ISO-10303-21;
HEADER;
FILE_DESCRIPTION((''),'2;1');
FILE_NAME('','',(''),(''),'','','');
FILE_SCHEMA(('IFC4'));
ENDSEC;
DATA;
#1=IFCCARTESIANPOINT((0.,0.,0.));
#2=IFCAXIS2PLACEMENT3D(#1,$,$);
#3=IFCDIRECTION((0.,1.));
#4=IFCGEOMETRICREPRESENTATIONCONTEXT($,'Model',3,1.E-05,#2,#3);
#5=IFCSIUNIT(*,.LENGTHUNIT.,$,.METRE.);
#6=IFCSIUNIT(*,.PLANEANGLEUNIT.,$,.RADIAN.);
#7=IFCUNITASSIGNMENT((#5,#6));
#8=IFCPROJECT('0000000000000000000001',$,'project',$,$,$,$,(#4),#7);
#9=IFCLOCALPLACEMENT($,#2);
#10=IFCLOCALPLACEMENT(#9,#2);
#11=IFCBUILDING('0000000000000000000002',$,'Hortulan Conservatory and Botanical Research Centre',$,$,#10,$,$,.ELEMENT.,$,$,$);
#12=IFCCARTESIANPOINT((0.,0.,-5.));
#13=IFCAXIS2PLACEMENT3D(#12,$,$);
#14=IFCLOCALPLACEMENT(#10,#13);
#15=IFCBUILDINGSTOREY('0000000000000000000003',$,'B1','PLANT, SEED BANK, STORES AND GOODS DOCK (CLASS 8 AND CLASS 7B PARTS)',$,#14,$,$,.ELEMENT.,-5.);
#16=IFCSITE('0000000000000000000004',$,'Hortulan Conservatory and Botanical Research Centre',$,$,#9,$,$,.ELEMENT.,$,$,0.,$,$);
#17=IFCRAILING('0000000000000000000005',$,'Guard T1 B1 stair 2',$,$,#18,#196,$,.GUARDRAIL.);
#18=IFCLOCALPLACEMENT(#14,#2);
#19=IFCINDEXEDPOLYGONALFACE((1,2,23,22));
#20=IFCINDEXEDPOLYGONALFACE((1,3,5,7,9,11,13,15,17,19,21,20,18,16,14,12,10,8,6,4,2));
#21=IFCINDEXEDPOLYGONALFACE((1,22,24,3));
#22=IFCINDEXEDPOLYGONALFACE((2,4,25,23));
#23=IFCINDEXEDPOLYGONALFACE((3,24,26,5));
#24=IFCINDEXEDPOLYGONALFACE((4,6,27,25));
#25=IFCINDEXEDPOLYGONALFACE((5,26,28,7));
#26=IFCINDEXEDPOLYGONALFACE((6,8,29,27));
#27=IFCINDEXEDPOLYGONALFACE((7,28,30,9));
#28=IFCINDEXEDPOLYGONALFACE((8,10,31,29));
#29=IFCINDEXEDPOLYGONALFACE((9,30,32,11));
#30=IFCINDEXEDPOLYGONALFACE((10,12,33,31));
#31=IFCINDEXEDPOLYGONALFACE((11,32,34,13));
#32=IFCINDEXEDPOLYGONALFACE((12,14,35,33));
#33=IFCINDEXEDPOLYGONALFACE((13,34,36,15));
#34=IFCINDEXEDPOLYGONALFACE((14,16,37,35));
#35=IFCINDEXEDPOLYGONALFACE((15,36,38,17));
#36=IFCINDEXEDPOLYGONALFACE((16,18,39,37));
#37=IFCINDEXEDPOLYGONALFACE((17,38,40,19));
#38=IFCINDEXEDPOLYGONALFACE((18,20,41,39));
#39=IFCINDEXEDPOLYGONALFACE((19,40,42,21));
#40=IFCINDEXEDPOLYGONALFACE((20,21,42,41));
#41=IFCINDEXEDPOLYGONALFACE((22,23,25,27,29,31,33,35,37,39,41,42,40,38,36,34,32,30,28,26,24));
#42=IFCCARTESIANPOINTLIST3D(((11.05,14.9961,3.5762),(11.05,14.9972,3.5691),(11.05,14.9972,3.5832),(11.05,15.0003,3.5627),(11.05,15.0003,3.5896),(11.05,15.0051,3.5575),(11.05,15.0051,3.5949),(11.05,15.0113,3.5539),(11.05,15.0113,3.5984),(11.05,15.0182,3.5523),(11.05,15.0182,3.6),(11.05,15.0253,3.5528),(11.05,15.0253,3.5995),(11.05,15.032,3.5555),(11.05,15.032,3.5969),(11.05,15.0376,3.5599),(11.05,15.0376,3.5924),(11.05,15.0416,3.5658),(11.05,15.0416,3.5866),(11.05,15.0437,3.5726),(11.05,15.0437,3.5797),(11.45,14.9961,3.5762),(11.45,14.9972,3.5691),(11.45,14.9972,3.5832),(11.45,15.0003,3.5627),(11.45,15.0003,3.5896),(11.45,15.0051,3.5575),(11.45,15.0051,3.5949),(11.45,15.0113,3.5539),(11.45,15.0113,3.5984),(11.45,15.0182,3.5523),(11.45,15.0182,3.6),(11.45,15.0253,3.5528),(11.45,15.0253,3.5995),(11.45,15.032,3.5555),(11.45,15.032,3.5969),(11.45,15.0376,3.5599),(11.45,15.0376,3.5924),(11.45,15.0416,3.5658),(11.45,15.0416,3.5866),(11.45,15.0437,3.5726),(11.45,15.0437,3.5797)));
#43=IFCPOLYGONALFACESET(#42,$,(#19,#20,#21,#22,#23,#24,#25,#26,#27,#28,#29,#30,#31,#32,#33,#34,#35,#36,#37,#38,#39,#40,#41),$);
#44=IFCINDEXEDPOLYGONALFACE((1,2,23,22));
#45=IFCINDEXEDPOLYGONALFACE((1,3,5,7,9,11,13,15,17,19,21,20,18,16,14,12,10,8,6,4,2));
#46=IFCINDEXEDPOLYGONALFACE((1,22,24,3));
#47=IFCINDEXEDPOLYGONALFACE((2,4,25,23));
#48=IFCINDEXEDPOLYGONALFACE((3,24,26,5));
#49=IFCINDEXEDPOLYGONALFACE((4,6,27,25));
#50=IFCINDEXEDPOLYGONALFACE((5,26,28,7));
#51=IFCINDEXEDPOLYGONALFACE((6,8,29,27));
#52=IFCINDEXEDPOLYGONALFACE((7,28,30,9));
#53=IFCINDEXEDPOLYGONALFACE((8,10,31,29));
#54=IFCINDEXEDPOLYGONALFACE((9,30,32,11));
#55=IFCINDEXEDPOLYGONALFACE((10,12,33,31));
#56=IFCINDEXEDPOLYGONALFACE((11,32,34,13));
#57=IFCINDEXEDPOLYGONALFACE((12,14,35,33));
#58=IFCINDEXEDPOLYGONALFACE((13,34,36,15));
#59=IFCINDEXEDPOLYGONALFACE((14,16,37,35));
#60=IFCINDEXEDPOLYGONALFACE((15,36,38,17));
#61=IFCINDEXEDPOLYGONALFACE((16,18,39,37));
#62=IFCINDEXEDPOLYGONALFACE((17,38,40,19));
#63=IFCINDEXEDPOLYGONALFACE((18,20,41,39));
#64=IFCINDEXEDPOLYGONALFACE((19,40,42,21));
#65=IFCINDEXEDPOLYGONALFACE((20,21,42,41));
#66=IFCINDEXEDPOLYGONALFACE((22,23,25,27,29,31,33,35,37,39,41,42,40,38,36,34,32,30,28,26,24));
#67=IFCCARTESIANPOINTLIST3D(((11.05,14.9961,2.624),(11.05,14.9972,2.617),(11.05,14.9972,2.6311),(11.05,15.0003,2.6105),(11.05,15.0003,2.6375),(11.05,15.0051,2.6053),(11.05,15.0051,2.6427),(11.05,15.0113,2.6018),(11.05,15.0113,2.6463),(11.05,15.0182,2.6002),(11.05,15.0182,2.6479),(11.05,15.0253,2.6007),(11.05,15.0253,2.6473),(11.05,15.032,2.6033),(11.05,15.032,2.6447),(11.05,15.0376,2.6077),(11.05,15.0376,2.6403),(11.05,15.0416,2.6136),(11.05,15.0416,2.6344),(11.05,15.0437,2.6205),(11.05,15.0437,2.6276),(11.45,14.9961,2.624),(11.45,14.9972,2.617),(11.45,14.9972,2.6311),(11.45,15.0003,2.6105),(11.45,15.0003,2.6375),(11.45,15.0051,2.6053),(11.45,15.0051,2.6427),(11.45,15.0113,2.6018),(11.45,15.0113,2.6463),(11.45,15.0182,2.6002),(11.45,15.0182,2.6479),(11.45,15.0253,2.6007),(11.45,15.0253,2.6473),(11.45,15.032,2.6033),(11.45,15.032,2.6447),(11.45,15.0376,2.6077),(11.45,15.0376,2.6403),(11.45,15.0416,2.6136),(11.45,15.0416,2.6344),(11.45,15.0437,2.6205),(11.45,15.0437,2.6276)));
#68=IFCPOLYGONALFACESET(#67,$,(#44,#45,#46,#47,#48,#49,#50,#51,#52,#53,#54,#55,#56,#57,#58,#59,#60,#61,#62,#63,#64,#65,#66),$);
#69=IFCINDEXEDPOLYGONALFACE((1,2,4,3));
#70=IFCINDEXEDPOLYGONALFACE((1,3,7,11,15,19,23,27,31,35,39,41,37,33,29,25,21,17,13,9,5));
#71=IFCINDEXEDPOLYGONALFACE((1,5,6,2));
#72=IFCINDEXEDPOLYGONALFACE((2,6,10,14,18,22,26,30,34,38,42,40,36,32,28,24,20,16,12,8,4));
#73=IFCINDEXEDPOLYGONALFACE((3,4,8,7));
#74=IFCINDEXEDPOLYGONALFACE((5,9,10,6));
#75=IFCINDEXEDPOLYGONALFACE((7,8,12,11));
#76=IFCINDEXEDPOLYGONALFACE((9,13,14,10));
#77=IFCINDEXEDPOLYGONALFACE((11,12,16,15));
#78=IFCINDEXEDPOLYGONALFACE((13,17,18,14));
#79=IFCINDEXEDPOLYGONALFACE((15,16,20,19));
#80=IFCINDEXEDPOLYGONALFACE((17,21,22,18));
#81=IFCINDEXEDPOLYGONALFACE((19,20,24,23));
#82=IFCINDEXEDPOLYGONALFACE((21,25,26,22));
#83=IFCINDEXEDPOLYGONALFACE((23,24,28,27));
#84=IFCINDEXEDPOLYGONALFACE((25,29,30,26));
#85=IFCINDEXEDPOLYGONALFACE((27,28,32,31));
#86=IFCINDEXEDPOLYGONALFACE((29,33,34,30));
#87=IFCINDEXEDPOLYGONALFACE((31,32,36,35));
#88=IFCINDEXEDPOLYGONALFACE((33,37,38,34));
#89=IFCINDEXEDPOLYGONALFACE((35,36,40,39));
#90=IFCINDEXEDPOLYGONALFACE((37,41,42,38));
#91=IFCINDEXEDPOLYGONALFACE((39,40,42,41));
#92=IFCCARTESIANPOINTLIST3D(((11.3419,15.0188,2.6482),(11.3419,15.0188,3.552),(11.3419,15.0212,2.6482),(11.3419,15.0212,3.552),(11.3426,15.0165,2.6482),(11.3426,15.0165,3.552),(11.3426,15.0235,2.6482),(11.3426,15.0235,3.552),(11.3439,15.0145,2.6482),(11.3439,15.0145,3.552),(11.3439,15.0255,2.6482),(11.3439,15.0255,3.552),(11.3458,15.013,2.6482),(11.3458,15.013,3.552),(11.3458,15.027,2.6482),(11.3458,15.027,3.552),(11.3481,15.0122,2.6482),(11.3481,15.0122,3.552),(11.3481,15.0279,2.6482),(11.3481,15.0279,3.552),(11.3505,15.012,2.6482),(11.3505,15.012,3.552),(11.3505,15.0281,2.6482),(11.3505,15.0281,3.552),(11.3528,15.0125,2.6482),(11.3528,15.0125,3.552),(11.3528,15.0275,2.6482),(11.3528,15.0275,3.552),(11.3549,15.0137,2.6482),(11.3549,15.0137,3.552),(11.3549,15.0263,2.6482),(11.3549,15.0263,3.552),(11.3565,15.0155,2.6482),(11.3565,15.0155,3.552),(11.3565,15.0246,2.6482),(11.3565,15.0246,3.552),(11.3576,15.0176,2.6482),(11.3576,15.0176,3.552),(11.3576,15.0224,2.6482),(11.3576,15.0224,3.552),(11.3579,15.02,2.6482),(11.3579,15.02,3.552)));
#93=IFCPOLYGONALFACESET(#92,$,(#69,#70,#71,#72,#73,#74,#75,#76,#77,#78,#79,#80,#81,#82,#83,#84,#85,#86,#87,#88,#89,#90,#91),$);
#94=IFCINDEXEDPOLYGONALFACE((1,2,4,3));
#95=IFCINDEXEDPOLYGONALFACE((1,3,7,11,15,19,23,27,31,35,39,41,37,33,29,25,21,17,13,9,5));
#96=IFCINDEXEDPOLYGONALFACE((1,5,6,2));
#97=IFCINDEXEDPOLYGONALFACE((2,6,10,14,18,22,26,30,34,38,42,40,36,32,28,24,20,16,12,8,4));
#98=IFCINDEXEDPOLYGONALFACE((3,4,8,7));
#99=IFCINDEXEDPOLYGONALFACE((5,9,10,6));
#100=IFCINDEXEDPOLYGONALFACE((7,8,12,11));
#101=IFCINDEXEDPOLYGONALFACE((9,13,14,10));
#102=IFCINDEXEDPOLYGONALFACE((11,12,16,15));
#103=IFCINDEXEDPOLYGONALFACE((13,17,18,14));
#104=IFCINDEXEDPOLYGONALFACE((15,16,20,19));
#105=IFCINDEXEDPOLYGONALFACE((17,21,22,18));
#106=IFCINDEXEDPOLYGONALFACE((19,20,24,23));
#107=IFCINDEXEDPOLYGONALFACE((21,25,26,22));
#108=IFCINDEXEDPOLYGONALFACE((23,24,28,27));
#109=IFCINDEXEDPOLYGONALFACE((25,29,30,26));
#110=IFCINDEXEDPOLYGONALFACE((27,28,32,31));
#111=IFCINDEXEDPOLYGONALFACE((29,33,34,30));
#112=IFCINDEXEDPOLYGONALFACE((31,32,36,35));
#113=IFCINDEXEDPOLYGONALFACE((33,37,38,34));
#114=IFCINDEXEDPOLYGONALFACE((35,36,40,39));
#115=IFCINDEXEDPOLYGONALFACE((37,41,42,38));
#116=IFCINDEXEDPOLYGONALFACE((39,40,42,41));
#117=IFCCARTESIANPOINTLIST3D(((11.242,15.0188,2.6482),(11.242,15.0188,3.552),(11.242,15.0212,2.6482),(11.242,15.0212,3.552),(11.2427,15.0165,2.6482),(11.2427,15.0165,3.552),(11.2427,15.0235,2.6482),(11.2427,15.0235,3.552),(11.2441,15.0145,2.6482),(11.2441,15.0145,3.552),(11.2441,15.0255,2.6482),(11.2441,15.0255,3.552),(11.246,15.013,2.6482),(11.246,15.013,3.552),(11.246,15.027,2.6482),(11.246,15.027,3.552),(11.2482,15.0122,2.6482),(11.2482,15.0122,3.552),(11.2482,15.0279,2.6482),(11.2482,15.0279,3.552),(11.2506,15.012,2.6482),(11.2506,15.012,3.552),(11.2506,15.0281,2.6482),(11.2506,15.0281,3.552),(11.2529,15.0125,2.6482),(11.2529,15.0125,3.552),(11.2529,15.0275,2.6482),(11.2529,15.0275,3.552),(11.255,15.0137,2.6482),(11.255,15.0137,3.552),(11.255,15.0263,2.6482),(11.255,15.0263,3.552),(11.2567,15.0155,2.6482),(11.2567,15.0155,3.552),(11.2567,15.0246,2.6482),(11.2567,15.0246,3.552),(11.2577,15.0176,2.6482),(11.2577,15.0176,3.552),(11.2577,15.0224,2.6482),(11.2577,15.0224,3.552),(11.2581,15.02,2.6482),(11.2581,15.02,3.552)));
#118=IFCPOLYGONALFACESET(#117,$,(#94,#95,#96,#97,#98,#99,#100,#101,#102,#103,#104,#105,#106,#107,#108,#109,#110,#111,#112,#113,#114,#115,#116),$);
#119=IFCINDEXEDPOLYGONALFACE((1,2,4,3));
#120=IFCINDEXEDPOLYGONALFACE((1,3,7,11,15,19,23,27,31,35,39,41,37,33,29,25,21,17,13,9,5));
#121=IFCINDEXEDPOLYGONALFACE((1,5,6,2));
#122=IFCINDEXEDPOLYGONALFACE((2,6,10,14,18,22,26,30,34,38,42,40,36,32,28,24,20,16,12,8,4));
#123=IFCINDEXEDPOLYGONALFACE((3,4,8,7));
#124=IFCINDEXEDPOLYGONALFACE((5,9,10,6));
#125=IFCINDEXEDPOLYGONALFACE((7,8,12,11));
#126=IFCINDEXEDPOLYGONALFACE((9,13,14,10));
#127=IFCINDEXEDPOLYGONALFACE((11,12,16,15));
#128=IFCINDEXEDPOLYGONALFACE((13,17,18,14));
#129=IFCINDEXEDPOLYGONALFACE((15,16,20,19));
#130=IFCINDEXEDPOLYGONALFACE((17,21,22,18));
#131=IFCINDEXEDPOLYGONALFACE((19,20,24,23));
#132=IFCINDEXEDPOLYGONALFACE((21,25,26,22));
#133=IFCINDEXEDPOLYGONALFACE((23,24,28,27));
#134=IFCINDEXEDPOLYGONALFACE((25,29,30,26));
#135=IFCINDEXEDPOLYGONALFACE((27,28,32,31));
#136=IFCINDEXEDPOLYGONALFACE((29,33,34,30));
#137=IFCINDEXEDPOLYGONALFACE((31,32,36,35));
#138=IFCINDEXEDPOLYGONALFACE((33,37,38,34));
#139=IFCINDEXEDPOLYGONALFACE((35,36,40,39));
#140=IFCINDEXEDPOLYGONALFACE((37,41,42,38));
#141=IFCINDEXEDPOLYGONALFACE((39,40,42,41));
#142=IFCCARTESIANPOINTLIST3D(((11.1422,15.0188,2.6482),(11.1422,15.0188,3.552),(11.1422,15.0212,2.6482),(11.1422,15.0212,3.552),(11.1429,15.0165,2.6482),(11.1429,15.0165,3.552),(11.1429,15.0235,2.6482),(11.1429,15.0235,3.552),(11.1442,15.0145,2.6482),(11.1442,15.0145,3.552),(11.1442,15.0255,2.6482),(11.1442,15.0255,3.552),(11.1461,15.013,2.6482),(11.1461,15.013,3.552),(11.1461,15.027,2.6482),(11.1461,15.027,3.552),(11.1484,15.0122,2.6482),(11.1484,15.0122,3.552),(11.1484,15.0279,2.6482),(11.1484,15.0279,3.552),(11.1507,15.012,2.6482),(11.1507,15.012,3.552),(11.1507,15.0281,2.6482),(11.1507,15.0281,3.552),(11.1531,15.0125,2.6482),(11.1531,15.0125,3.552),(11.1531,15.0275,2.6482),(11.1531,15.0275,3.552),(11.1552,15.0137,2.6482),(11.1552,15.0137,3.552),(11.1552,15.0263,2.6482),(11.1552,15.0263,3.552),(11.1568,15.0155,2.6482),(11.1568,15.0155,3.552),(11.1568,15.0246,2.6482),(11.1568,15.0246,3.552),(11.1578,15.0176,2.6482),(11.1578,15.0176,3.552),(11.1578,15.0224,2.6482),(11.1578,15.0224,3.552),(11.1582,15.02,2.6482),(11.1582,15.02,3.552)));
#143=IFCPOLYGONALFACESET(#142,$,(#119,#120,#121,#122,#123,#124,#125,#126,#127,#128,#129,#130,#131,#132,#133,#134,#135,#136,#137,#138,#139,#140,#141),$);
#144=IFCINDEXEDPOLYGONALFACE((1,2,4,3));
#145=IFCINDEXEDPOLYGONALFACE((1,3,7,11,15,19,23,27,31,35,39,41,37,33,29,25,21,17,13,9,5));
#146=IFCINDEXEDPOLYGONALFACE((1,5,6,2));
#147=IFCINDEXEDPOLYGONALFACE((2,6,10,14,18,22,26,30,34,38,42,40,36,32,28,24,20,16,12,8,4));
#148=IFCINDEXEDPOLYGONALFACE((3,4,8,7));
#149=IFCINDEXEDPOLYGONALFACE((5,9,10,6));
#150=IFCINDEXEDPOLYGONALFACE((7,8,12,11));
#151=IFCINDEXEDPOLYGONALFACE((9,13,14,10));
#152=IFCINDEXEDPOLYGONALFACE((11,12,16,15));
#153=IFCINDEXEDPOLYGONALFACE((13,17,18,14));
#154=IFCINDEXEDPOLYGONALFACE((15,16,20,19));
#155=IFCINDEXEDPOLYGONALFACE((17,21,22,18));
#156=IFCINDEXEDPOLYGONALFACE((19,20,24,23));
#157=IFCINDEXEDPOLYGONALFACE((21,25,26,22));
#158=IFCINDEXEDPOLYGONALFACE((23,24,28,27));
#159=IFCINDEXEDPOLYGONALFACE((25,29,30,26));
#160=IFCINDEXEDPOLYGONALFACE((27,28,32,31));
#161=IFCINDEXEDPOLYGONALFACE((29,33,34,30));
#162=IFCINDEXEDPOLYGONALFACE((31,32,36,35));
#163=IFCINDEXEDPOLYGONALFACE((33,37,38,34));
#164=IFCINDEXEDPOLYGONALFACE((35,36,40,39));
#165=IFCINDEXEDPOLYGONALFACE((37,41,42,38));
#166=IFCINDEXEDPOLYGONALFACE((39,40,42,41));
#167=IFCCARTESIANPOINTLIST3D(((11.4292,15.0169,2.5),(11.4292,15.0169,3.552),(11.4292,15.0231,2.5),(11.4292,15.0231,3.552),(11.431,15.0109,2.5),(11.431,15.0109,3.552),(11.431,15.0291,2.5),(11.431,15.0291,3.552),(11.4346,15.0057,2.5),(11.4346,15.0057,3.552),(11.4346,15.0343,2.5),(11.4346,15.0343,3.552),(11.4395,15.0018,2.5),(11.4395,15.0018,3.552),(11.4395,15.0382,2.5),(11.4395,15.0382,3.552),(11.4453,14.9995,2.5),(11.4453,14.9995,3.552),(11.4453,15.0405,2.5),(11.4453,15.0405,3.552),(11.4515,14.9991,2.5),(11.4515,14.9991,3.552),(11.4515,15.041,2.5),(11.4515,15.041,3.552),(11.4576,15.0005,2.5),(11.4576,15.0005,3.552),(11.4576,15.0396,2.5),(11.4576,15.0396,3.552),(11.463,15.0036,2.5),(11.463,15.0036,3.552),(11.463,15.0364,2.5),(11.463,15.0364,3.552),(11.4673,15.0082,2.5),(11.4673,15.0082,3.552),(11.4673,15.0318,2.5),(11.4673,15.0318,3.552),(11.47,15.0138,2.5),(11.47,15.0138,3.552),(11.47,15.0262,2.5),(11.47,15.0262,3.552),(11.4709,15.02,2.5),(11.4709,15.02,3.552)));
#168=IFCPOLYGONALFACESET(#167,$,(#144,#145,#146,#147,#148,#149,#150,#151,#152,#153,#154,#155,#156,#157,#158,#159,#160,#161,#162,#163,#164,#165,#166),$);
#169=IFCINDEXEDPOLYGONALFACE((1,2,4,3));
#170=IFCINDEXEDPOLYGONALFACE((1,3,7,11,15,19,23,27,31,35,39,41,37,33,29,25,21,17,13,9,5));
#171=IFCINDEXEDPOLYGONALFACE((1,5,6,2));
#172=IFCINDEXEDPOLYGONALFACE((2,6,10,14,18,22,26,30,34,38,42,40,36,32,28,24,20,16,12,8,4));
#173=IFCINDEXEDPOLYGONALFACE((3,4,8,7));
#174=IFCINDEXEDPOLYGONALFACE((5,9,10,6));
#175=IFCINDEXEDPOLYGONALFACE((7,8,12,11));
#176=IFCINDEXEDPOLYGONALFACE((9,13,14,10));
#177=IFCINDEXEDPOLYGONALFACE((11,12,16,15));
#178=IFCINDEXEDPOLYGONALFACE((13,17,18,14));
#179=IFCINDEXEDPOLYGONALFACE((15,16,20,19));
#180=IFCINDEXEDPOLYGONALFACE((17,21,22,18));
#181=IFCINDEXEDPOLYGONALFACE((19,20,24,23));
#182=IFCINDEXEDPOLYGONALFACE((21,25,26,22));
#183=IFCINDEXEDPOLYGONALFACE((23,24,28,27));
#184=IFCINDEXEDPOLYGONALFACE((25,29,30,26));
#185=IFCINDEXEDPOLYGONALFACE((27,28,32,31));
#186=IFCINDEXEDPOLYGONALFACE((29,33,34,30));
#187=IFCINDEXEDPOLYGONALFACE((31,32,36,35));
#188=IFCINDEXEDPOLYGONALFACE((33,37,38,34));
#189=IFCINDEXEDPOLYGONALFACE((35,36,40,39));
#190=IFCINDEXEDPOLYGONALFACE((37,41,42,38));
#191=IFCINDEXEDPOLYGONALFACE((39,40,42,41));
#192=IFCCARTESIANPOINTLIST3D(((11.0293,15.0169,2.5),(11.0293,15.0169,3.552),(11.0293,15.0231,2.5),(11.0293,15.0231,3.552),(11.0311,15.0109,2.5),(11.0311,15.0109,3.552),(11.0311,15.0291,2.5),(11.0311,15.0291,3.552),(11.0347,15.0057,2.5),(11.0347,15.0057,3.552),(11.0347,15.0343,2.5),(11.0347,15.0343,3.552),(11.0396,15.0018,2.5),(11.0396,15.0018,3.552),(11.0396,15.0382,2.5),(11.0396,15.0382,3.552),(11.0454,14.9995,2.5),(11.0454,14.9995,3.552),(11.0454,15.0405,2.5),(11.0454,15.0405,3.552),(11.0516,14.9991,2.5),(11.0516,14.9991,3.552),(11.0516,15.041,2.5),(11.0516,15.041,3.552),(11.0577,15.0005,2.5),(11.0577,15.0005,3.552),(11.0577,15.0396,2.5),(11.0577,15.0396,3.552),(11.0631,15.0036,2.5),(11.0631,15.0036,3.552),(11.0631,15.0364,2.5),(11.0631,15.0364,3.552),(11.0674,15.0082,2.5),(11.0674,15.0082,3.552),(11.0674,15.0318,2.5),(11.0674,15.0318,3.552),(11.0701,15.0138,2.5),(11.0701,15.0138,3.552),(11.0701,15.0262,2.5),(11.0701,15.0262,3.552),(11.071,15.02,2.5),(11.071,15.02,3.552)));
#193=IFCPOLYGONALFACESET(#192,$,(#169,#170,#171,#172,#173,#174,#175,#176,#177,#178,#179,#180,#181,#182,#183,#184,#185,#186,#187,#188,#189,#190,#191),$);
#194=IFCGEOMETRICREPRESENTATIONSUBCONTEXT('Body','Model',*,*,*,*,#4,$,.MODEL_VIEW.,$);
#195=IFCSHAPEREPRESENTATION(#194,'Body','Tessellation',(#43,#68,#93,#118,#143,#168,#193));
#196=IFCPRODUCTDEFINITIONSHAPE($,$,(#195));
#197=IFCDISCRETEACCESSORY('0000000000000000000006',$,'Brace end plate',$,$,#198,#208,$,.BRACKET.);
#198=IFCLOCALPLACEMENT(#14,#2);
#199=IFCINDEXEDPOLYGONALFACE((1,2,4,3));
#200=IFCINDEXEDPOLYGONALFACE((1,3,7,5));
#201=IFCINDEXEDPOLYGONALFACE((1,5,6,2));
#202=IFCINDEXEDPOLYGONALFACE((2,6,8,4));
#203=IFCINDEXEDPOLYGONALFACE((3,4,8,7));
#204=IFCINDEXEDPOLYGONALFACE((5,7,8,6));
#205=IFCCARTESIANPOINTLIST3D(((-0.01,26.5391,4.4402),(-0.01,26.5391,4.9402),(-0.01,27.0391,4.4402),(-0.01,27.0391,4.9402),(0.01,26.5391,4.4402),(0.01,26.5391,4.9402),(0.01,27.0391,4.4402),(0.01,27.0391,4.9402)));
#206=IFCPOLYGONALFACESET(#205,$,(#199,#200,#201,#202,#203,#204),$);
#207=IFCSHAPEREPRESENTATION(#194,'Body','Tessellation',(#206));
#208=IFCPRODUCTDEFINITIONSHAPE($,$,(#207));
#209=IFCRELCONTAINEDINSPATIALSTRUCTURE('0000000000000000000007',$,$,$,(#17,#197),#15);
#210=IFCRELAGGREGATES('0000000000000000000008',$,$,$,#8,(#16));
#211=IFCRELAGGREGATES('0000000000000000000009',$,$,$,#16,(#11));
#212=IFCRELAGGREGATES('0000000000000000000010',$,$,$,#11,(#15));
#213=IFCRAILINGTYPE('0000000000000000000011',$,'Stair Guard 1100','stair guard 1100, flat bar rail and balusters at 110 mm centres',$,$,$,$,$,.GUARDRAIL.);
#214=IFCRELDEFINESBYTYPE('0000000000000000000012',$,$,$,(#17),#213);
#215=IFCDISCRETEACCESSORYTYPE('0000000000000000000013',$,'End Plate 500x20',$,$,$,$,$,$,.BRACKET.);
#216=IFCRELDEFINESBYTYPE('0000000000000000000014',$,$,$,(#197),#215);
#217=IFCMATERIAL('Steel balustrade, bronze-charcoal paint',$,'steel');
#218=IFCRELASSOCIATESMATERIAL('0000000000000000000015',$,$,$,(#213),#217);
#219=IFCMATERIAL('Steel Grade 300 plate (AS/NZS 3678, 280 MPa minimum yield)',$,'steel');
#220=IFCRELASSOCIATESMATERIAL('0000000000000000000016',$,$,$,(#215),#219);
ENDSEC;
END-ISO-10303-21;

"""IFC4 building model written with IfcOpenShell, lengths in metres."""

from ifc_helpers import new_model, si_unit, direction, frame, origin, origin_2d, place, context, subcontext, project, spatial, rectangle, circle, extrude, material, type_object, element, save


model = new_model("IFC4")

# Units and contexts
model_context = context("Model", 3, precision=1e-05, world=origin(), true_north=direction((0.0, 1.0)))
body_context = subcontext(model_context, "Body", "Model", "MODEL_VIEW")
ifc_project = project(units=[si_unit("LENGTHUNIT", "METRE"), si_unit("PLANEANGLEUNIT", "RADIAN")], contexts=[model_context])

# Site, building, storey
site_placement = place(None, origin())
site = spatial("IfcSite", under=ifc_project, at=site_placement, Name="Hortulan Conservatory and Botanical Research Centre", CompositionType="ELEMENT", RefElevation=0.0)
building_placement = place(site_placement, origin())
building = spatial("IfcBuilding", under=site, at=building_placement, Name="Hortulan Conservatory and Botanical Research Centre", CompositionType="ELEMENT")
storey_placement = place(building_placement, frame((0.0, 0.0, -5.0)))
storey = spatial("IfcBuildingStorey", under=building, at=storey_placement, Name="B1", Description="PLANT, SEED BANK, STORES AND GOODS DOCK (CLASS 8 AND CLASS 7B PARTS)", CompositionType="ELEMENT", Elevation=-5.0)

# Railing
ifc_material_1 = material(Name="Steel balustrade, bronze-charcoal paint", Category="steel")
railing_type = type_object("IfcRailingType", Name="Stair Guard 1100", Description="stair guard 1100, flat bar rail and balusters at 110 mm centres", PredefinedType="GUARDRAIL", material=ifc_material_1)
railing_placement = place(storey_placement, frame((11.45, 15.02, 2.5)))
element("IfcRailing", 1, at=railing_placement, inside=storey, type_object=railing_type, Name="Guard T1 B1 stair 2", PredefinedType="GUARDRAIL", context=body_context, shape_type="SweptSolid", body=[
    extrude(circle(Radius=0.0239, at=origin_2d()), frame((0.0, 0.0, 1.0762), z_axis=(-1.0, 0.0, 0.0), x_axis=(0.0, -1.0, 0.0)), (0.0, 0.0, 1.0), 0.3999),
    extrude(circle(Radius=0.0239, at=origin_2d()), frame((0.0, 0.0, 0.124), z_axis=(-1.0, 0.0, 0.0), x_axis=(0.0, -1.0, 0.0)), (0.0, 0.0, 1.0), 0.3999),
    extrude(circle(Radius=0.0081, at=origin_2d()), frame((-0.1001, 0.0, 0.1482)), (0.0, 0.0, 1.0), 0.9038),
    extrude(circle(Radius=0.0081, at=origin_2d()), frame((-0.2, 0.0, 0.1482)), (0.0, 0.0, 1.0), 0.9038),
    extrude(circle(Radius=0.0081, at=origin_2d()), frame((-0.2998, 0.0, 0.1482)), (0.0, 0.0, 1.0), 0.9038),
    extrude(circle(Radius=0.021, at=origin_2d()), origin(), (0.0, 0.0, 1.0), 1.052),
    extrude(circle(Radius=0.021, at=origin_2d()), frame((-0.3999, 0.0, 0.0)), (0.0, 0.0, 1.0), 1.052),
])

# Discrete accessory
ifc_material_2 = material(Name="Steel Grade 300 plate (AS/NZS 3678, 280 MPa minimum yield)", Category="steel")
discrete_accessory_type = type_object("IfcDiscreteAccessoryType", Name="End Plate 500x20", PredefinedType="BRACKET", material=ifc_material_2)
discrete_accessory_placement = place(storey_placement, frame((0.0, 26.7891, 4.4402), z_axis=(0.0, 0.0, 1.0), x_axis=(0.0, -1.0, 0.0)))
element("IfcDiscreteAccessory", 2, at=discrete_accessory_placement, inside=storey, type_object=discrete_accessory_type, Name="Brace end plate", PredefinedType="BRACKET", context=body_context, shape_type="SweptSolid", body=[
    extrude(rectangle(XDim=0.5, YDim=0.02, at=origin_2d()), origin(), (0.0, 0.0, 1.0), 0.5),
])

save(model, "model.ifc")
